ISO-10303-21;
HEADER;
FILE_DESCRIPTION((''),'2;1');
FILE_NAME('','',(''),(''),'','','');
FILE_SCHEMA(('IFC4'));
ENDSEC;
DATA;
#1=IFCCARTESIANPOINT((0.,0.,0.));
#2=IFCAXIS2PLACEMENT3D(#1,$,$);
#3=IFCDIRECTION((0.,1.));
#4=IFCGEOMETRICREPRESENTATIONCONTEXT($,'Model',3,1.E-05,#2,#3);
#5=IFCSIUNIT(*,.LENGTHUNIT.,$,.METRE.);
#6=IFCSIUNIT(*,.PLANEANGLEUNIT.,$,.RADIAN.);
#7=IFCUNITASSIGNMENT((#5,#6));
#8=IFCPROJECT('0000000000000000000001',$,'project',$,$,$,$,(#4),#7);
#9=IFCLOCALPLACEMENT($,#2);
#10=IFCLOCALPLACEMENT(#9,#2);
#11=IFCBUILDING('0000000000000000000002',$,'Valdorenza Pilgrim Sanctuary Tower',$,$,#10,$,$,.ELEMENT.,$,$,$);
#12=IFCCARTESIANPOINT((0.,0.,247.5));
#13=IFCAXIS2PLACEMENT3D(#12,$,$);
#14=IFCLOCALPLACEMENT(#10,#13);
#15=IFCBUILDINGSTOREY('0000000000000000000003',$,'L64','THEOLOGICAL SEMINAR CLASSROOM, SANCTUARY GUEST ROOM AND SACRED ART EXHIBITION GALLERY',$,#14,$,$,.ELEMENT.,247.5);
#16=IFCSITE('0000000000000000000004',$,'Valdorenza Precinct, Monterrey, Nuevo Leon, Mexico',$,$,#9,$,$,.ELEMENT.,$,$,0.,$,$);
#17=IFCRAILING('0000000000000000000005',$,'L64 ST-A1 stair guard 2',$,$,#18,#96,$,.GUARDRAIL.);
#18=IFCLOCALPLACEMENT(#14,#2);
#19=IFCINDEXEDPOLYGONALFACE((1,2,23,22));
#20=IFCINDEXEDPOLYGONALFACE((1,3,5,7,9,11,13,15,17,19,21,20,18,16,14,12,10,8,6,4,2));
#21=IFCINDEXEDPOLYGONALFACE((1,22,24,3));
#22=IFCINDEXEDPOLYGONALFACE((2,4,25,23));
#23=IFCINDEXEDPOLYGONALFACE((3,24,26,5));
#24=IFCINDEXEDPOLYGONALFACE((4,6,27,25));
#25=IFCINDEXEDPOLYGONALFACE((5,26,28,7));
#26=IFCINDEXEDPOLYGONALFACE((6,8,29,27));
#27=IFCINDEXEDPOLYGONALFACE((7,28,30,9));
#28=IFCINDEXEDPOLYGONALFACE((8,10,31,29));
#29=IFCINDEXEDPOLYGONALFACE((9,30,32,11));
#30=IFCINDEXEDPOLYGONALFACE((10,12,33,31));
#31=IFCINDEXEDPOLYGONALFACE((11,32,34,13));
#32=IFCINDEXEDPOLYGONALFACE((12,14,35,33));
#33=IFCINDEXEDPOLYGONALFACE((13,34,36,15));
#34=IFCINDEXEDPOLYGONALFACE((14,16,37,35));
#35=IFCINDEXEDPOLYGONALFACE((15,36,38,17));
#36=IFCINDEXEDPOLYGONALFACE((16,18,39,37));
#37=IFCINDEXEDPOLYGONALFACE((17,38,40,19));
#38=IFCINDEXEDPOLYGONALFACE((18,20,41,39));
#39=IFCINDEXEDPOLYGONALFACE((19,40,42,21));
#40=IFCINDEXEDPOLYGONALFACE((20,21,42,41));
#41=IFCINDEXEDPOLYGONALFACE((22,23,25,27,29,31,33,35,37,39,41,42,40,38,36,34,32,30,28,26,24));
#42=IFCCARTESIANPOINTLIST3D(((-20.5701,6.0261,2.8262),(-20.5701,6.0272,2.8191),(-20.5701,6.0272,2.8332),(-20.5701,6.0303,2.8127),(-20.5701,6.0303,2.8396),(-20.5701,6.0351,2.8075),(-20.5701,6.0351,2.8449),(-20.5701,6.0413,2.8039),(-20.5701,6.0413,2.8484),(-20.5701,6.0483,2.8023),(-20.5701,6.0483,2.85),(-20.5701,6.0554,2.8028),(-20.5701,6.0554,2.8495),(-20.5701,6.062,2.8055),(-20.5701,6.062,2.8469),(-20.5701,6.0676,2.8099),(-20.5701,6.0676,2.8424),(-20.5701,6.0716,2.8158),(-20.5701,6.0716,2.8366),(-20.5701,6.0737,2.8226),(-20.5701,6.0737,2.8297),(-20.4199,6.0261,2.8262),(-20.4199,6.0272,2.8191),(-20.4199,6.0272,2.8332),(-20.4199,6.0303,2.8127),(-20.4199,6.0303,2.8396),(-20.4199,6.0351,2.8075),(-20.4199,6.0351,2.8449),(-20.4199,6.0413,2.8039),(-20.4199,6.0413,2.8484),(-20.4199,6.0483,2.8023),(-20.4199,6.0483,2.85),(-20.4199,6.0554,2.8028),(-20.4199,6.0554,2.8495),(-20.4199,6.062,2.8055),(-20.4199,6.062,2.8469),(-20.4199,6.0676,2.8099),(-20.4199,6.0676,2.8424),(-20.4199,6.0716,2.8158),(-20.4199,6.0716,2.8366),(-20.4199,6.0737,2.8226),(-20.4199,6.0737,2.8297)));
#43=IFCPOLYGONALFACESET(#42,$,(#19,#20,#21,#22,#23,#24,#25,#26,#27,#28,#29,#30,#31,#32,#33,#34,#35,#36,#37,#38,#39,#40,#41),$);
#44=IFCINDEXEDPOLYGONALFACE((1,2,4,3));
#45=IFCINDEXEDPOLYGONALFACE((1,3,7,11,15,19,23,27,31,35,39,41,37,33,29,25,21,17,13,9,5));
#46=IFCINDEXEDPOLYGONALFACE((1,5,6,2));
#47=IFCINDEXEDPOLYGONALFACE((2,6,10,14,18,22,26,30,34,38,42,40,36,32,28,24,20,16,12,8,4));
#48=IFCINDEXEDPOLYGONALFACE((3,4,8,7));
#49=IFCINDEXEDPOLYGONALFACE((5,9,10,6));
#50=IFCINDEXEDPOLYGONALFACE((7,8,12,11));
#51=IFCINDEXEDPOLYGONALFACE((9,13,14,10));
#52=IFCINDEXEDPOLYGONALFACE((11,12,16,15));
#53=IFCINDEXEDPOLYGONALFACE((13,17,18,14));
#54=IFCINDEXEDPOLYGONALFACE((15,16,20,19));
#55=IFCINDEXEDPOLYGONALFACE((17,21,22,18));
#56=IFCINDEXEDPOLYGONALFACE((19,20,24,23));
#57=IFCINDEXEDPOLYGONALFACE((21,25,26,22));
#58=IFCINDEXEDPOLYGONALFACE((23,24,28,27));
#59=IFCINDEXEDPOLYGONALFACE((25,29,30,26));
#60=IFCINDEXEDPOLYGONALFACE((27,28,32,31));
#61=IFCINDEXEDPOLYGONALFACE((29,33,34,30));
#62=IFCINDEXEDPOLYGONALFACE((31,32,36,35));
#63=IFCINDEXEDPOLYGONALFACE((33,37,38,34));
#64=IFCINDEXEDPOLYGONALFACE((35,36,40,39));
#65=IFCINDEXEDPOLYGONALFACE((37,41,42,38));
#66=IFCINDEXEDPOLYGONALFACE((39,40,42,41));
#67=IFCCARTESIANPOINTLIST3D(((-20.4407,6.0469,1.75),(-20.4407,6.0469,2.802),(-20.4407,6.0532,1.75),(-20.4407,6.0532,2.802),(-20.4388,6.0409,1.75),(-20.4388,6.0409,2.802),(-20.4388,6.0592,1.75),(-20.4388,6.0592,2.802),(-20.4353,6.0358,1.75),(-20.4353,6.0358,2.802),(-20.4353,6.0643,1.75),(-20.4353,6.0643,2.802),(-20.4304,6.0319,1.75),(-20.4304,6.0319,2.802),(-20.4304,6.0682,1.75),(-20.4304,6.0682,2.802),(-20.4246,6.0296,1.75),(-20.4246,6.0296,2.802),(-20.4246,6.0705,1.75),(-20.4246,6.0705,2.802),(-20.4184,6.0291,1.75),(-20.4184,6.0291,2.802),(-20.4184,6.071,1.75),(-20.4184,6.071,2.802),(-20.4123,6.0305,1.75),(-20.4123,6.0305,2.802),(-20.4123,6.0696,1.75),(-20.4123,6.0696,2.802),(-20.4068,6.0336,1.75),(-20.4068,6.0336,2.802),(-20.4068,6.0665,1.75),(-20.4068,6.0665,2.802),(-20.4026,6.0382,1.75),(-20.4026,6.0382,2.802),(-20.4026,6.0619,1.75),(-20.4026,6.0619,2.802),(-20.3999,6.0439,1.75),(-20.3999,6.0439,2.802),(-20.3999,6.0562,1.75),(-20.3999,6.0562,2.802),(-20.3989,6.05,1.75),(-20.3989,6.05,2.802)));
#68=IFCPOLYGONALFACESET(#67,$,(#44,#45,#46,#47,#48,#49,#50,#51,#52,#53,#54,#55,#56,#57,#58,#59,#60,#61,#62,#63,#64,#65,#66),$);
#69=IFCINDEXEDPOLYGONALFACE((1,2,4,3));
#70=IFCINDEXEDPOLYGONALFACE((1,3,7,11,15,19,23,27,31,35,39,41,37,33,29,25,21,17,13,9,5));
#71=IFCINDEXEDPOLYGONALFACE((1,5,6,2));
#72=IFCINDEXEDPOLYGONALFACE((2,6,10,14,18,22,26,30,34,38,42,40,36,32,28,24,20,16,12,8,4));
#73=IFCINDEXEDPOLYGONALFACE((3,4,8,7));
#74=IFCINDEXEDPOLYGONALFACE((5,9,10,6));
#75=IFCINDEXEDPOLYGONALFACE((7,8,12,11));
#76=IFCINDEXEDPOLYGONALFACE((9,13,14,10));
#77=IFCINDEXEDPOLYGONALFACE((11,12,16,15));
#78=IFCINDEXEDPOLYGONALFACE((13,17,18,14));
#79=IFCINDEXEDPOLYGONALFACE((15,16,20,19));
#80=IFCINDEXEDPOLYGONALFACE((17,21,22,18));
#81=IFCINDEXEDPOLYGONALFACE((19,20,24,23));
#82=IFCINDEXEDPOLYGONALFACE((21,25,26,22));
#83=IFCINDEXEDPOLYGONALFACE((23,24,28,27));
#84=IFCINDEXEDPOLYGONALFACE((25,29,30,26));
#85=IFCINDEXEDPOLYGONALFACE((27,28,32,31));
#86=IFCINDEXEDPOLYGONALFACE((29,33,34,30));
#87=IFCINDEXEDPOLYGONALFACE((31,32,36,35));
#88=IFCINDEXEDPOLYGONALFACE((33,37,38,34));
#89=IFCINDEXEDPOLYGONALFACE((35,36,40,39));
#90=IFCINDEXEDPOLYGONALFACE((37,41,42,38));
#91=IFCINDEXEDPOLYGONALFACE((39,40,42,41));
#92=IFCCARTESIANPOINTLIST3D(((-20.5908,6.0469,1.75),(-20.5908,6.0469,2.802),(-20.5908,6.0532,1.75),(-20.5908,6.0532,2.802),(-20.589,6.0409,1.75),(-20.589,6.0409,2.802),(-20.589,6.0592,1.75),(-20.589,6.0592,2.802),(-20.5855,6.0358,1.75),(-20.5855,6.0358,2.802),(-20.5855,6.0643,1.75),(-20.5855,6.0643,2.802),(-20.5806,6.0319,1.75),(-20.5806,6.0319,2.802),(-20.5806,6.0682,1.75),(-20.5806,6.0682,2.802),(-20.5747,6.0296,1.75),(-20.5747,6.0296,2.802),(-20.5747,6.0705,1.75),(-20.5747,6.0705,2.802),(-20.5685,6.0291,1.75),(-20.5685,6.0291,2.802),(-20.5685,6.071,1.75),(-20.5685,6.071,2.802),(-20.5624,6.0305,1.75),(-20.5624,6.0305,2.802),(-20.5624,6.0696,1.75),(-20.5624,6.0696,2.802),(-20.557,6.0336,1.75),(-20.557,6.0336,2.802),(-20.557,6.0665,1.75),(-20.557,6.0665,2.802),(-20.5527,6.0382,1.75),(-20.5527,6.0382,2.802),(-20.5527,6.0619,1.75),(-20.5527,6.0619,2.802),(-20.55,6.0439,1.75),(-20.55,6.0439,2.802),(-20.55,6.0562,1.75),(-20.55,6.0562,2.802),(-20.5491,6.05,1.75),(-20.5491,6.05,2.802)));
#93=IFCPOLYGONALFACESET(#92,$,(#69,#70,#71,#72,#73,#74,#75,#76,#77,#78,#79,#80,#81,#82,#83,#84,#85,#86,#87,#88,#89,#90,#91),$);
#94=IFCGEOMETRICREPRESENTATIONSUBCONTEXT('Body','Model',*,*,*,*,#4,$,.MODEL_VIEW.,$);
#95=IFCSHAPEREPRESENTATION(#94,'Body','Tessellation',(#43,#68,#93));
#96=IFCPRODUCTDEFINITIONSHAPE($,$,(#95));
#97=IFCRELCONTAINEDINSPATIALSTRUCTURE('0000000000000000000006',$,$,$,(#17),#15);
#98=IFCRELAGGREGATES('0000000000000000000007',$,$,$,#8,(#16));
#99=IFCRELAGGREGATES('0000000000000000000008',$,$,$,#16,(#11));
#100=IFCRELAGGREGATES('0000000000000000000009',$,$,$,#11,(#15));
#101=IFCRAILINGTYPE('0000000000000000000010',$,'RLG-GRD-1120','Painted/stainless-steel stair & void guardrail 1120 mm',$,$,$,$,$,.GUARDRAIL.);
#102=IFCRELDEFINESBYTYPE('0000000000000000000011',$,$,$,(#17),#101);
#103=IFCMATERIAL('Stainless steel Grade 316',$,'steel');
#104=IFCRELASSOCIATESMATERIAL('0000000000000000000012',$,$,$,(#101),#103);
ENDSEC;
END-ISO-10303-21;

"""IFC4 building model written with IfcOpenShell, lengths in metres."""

from ifc_helpers import new_model, si_unit, direction, frame, origin, origin_2d, place, context, subcontext, project, spatial, circle, extrude, material, type_object, element, save


model = new_model("IFC4")

# Units and contexts
model_context = context("Model", 3, precision=1e-05, world=origin(), true_north=direction((0.0, 1.0)))
body_context = subcontext(model_context, "Body", "Model", "MODEL_VIEW")
ifc_project = project(units=[si_unit("LENGTHUNIT", "METRE"), si_unit("PLANEANGLEUNIT", "RADIAN")], contexts=[model_context])

# Site, building, storey
site_placement = place(None, origin())
site = spatial("IfcSite", under=ifc_project, at=site_placement, Name="Valdorenza Precinct, Monterrey, Nuevo Leon, Mexico", CompositionType="ELEMENT", RefElevation=0.0)
building_placement = place(site_placement, origin())
building = spatial("IfcBuilding", under=site, at=building_placement, Name="Valdorenza Pilgrim Sanctuary Tower", CompositionType="ELEMENT")
storey_placement = place(building_placement, frame((0.0, 0.0, 247.5)))
storey = spatial("IfcBuildingStorey", under=building, at=storey_placement, Name="L64", Description="THEOLOGICAL SEMINAR CLASSROOM, SANCTUARY GUEST ROOM AND SACRED ART EXHIBITION GALLERY", CompositionType="ELEMENT", Elevation=247.5)

# Railing
ifc_material_1 = material(Name="Stainless steel Grade 316", Category="steel")
railing_type = type_object("IfcRailingType", Name="RLG-GRD-1120", Description="Painted/stainless-steel stair & void guardrail 1120 mm", PredefinedType="GUARDRAIL", material=ifc_material_1)
railing_placement = place(storey_placement, frame((-20.4199, 6.05, 1.75)))
element("IfcRailing", 1, at=railing_placement, inside=storey, type_object=railing_type, Name="L64 ST-A1 stair guard 2", PredefinedType="GUARDRAIL", context=body_context, shape_type="SweptSolid", body=[
    extrude(circle(Radius=0.0239, at=origin_2d()), frame((0.0, 0.0, 1.0762), z_axis=(-1.0, 0.0, 0.0), x_axis=(0.0, -1.0, 0.0)), (0.0, 0.0, 1.0), 0.1501),
    extrude(circle(Radius=0.021, at=origin_2d()), origin(), (0.0, 0.0, 1.0), 1.052),
    extrude(circle(Radius=0.021, at=origin_2d()), frame((-0.1501, 0.0, 0.0)), (0.0, 0.0, 1.0), 1.052),
])

save(model, "model.ifc")
